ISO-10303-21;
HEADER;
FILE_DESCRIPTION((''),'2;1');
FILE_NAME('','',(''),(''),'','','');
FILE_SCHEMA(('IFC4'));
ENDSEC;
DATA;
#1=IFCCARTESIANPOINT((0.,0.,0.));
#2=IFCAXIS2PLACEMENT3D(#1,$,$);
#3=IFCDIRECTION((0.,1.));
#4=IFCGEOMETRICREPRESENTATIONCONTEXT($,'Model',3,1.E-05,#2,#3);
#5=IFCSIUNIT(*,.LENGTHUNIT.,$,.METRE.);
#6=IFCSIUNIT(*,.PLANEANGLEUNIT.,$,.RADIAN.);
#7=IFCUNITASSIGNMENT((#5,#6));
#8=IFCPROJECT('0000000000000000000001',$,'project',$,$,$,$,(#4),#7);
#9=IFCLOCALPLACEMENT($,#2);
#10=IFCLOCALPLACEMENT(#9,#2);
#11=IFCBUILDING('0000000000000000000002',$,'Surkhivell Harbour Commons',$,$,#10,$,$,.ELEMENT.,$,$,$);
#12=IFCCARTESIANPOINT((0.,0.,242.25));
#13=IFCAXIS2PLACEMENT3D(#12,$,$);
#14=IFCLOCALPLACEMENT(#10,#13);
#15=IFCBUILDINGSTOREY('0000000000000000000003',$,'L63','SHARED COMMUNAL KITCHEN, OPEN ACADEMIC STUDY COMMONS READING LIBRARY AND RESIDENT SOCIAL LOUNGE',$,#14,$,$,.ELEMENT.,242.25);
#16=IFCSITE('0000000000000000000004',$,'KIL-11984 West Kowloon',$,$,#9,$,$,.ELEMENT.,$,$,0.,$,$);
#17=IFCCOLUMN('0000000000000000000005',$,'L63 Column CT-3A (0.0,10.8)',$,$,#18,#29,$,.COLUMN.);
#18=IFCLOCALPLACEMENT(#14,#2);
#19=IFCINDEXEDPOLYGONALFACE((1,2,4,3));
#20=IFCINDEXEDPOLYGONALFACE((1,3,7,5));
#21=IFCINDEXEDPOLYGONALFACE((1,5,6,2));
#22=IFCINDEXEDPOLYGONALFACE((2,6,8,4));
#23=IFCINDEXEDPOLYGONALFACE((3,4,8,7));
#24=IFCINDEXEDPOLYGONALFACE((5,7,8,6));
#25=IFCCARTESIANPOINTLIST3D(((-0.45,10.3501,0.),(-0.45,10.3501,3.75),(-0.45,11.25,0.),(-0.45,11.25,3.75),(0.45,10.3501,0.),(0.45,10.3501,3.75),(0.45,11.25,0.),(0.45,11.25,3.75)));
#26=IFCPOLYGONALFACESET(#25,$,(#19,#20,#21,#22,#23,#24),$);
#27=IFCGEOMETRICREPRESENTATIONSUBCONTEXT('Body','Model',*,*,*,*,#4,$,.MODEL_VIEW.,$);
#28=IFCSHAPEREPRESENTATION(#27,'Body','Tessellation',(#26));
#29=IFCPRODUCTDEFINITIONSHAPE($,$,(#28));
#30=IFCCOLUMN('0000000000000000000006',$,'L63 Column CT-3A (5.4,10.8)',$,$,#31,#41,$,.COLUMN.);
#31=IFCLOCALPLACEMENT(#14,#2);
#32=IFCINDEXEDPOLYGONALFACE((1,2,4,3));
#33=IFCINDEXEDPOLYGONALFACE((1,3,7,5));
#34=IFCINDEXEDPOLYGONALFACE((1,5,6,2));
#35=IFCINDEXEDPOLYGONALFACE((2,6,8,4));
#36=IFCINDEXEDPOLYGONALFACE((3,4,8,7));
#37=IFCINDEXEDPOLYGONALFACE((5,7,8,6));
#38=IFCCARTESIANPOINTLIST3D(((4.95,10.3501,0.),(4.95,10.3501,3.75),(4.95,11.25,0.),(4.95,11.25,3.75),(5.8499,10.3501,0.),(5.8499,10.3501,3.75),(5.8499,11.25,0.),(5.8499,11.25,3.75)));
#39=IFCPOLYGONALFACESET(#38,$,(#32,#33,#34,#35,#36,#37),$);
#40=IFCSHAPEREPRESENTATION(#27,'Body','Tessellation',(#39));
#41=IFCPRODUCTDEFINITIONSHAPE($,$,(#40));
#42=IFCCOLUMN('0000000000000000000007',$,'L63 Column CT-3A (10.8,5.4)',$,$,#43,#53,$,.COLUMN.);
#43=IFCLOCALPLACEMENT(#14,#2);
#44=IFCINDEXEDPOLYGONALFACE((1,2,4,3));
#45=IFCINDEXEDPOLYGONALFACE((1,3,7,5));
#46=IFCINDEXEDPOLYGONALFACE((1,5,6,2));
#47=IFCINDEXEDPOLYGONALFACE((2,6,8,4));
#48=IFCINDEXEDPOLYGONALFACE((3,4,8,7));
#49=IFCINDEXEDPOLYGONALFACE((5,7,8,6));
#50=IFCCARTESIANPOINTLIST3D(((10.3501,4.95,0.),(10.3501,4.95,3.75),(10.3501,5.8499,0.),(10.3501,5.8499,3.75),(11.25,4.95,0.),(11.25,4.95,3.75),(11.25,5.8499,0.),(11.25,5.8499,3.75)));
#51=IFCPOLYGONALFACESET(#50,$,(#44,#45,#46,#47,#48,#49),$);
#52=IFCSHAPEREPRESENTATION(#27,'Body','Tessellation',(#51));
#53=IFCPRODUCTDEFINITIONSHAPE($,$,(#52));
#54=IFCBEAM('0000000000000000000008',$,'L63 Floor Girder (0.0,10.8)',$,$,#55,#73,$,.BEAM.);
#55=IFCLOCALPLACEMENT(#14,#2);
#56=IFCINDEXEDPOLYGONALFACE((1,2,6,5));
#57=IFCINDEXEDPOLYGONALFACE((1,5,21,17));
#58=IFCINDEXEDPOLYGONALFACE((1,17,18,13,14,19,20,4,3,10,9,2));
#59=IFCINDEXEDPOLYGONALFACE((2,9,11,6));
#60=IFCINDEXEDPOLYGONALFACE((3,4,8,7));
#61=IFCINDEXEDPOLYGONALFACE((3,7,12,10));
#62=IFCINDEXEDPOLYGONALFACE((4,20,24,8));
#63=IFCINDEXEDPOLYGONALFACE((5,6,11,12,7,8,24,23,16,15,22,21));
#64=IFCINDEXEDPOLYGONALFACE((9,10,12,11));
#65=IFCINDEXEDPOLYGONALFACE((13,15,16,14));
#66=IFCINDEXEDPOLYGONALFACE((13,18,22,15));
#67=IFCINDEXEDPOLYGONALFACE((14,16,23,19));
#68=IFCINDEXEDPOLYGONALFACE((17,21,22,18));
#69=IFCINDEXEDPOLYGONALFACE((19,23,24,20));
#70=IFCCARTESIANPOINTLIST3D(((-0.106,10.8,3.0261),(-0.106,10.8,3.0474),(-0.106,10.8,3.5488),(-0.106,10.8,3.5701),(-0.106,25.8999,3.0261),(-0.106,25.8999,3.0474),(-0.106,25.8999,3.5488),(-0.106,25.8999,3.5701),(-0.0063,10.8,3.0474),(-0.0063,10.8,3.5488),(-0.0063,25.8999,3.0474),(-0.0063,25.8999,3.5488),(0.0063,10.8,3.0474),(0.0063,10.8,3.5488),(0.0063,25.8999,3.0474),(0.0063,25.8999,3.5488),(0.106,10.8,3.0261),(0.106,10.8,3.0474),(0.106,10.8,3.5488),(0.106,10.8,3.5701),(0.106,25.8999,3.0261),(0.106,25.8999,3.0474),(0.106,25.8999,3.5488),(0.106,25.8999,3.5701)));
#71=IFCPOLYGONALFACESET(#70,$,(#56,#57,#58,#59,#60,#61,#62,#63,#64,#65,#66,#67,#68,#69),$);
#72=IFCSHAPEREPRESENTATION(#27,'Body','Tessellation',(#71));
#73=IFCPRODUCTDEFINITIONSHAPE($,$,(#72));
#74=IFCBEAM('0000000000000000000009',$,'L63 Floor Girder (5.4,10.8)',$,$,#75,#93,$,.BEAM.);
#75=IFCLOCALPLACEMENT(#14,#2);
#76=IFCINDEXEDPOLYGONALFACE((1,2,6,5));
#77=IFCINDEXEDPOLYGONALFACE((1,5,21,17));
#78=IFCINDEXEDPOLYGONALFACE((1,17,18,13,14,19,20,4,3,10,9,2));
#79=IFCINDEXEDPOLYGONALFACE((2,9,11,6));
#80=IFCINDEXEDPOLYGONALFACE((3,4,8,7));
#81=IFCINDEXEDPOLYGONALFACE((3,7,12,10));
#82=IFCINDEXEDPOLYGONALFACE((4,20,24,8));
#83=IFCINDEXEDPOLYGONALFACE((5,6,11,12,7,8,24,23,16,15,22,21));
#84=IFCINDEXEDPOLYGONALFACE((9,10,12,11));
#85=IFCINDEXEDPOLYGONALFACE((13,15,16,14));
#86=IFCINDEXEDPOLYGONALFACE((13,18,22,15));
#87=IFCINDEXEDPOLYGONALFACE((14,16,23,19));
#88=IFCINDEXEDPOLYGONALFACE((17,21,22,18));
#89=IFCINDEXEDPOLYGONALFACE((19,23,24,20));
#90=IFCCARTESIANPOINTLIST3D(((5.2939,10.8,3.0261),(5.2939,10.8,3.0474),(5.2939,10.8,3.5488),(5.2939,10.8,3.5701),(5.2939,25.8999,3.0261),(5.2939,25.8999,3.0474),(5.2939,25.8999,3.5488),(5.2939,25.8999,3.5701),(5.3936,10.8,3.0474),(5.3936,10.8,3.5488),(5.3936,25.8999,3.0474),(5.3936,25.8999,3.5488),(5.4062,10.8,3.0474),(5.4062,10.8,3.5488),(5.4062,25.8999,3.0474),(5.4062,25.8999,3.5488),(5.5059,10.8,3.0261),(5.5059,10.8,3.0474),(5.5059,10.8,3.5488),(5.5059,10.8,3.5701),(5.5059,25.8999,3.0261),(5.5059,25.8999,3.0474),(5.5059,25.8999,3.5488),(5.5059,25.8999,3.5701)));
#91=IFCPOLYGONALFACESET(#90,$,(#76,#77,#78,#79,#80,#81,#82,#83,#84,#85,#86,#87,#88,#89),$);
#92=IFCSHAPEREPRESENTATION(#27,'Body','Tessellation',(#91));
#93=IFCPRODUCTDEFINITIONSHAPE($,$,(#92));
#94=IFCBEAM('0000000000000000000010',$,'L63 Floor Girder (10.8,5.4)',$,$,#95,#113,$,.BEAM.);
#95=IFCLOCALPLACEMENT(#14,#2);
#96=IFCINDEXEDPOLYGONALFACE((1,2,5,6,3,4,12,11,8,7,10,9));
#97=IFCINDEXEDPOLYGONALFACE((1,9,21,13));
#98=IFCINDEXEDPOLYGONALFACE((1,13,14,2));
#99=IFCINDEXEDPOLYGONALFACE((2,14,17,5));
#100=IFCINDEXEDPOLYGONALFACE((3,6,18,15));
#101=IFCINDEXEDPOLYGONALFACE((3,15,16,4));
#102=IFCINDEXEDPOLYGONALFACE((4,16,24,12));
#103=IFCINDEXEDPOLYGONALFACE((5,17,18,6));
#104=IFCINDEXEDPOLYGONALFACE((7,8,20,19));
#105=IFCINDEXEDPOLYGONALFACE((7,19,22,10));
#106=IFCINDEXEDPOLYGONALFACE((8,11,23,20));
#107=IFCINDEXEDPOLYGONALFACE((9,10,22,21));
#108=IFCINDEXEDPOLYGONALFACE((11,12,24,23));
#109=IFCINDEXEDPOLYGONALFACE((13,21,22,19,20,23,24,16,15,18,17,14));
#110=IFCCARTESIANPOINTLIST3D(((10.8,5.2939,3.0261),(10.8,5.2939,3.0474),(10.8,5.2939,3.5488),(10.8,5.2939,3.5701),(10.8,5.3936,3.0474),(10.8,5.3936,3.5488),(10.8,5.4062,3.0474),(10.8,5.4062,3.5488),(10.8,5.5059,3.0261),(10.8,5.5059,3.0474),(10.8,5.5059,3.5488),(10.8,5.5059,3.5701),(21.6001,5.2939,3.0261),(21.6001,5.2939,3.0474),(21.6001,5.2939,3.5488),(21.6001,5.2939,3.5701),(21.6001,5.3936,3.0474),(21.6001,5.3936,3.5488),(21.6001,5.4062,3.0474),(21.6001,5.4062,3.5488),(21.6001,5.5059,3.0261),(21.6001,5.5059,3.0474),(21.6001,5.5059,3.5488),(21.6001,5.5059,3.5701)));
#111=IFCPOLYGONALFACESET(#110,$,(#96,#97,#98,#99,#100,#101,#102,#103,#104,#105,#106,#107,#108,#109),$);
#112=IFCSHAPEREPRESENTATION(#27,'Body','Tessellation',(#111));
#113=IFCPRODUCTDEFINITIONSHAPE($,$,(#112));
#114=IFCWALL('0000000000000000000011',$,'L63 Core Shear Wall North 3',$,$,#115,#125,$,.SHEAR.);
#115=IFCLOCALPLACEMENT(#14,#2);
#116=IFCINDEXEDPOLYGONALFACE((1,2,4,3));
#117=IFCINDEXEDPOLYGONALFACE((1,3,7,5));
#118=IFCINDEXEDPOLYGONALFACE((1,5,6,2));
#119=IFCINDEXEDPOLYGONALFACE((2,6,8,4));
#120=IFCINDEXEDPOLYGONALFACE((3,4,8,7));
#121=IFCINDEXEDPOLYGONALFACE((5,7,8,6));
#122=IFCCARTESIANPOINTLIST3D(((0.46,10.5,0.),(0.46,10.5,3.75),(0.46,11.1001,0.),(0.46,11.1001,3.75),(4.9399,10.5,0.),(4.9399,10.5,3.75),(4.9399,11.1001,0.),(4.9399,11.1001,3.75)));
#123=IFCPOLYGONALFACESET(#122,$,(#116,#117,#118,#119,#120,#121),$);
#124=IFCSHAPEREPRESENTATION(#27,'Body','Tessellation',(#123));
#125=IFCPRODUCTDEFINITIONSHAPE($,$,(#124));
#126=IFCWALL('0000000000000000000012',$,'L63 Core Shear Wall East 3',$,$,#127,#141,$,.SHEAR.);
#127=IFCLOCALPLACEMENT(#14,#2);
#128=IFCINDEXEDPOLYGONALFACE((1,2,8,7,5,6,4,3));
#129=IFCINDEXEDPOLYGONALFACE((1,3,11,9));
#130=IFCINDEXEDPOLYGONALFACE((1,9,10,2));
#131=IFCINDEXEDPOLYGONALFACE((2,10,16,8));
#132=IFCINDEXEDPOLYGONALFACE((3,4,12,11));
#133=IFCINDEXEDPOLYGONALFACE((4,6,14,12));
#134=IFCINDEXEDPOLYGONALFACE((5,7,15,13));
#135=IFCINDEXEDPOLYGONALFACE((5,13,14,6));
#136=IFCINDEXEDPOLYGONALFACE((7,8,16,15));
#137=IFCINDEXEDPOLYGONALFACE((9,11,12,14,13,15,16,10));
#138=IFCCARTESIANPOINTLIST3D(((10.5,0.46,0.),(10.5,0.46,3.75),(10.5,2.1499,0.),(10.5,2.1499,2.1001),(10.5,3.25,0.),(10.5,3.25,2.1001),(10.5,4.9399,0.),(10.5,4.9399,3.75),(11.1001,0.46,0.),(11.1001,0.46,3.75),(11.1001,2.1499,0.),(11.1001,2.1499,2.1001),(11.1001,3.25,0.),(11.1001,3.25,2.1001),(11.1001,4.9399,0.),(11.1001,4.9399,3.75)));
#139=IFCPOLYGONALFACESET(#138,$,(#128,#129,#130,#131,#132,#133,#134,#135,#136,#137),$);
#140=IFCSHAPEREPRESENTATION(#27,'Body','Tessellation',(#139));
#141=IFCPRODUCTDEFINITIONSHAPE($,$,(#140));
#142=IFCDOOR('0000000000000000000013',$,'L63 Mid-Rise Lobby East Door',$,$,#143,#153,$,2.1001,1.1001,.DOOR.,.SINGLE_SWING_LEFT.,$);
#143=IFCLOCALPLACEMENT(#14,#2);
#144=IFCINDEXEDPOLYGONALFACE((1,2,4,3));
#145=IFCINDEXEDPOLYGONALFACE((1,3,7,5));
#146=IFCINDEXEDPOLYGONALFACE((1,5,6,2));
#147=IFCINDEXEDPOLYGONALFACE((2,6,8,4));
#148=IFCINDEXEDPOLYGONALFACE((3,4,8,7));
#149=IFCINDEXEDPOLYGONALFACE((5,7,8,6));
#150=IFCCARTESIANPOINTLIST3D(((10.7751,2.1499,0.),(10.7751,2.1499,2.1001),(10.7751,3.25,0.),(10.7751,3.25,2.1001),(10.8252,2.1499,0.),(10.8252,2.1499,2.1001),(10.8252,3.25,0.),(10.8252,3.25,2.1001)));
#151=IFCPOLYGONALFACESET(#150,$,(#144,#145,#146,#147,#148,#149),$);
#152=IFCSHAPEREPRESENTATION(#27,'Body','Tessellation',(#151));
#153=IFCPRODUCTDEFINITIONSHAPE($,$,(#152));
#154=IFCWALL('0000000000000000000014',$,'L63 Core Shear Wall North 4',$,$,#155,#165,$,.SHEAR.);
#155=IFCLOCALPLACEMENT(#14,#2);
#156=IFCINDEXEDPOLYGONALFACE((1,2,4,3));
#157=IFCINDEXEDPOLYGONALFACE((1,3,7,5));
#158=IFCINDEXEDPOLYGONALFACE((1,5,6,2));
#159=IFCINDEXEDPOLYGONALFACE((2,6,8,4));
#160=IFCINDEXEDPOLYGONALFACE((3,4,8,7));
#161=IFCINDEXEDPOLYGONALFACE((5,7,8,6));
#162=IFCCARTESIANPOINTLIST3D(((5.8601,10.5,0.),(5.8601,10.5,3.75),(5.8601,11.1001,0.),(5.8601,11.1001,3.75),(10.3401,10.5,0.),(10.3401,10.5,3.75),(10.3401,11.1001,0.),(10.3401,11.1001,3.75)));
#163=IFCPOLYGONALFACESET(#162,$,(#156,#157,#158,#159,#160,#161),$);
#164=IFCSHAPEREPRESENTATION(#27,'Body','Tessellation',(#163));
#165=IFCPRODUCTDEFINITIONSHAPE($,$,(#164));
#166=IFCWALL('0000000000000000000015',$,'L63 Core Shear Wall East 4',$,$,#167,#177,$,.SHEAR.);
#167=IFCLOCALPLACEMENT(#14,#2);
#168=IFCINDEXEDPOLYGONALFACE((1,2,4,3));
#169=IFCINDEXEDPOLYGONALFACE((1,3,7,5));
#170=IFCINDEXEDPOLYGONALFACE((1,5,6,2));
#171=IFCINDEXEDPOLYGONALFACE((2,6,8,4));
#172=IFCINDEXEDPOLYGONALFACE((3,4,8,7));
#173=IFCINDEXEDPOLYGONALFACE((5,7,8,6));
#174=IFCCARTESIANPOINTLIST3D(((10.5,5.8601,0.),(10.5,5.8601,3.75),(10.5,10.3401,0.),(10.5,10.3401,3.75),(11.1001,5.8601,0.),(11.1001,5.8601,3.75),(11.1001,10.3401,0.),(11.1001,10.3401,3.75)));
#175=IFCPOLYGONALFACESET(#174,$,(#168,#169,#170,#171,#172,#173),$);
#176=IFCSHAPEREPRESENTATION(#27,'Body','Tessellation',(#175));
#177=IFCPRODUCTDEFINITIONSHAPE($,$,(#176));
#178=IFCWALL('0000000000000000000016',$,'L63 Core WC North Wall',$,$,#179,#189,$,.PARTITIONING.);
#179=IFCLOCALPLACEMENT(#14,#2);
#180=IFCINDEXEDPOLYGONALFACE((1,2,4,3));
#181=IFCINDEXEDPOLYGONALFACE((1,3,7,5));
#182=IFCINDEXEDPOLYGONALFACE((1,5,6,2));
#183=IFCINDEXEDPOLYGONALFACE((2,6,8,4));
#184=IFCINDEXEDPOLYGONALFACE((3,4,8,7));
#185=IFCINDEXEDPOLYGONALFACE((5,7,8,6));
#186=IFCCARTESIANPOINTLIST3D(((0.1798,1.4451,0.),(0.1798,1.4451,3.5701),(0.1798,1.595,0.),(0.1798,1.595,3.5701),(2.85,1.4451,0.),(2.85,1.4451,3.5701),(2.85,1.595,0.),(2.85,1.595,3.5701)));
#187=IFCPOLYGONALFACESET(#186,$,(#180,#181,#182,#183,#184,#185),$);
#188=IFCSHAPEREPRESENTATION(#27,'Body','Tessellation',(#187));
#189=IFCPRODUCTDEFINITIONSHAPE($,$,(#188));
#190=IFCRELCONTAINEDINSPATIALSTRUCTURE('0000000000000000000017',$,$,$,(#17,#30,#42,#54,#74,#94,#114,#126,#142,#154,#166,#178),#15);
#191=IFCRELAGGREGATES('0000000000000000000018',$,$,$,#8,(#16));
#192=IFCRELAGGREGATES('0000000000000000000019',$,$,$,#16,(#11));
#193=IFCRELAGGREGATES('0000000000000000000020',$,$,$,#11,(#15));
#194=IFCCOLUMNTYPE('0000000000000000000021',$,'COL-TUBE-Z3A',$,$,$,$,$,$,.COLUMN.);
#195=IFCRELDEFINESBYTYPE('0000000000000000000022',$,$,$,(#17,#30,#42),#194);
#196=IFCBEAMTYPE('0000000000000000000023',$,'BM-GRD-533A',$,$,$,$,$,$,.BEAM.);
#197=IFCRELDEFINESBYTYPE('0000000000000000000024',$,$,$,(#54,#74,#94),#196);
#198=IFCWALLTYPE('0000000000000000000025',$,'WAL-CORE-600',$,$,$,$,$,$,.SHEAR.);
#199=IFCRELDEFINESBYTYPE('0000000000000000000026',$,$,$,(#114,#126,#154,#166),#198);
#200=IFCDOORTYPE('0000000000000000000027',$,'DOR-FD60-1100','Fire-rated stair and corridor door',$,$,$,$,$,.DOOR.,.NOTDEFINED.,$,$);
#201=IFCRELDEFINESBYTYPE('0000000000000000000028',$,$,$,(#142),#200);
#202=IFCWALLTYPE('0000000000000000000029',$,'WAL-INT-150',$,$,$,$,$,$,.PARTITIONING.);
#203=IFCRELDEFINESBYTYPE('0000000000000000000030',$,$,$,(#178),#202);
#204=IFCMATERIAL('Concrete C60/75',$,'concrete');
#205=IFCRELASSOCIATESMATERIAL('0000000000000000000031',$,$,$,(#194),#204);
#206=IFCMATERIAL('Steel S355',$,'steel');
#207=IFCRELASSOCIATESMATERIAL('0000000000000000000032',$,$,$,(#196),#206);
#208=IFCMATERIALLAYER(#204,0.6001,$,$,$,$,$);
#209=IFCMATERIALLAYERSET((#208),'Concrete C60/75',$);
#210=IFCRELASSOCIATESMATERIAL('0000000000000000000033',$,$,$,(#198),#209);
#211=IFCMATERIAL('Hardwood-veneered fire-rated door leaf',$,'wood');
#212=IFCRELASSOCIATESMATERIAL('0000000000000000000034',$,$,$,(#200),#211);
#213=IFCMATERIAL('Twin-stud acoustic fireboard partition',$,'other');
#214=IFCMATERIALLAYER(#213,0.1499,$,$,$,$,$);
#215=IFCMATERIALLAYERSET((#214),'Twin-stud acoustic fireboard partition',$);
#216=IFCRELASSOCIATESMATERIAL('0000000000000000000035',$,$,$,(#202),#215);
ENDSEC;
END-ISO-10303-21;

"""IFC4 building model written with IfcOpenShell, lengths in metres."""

from ifc_helpers import new_model, si_unit, direction, frame, frame_2d, origin, origin_2d, place, context, subcontext, project, spatial, rectangle, i_section, extrude, material, layer, layer_set, material_profile, profile_set, type_object, element, fill, save


model = new_model("IFC4")

# Units and contexts
model_context = context("Model", 3, precision=1e-05, world=origin(), true_north=direction((0.0, 1.0)))
body_context = subcontext(model_context, "Body", "Model", "MODEL_VIEW")
ifc_project = project(units=[si_unit("LENGTHUNIT", "METRE"), si_unit("PLANEANGLEUNIT", "RADIAN")], contexts=[model_context])

# Site, building, storey
site_placement = place(None, origin())
site = spatial("IfcSite", under=ifc_project, at=site_placement, Name="KIL-11984 West Kowloon", CompositionType="ELEMENT", RefElevation=0.0)
building_placement = place(site_placement, origin())
building = spatial("IfcBuilding", under=site, at=building_placement, Name="Surkhivell Harbour Commons", CompositionType="ELEMENT")
storey_placement = place(building_placement, frame((0.0, 0.0, 242.25)))
storey = spatial("IfcBuildingStorey", under=building, at=storey_placement, Name="L63", Description="SHARED COMMUNAL KITCHEN, OPEN ACADEMIC STUDY COMMONS READING LIBRARY AND RESIDENT SOCIAL LOUNGE", CompositionType="ELEMENT", Elevation=242.25)

# Columns
ifc_material_1 = material(Name="Concrete C60/75", Category="concrete")
ifc_material_profile_1 = material_profile(ifc_material_1, rectangle(XDim=0.8999, YDim=0.8999, at=origin_2d()), Name="RC-COL-900x900")
ifc_profile_set_1 = profile_set([ifc_material_profile_1], Name="Concrete C60/75")
column_type = type_object("IfcColumnType", Name="COL-TUBE-Z3A", PredefinedType="COLUMN", material=ifc_profile_set_1)
for number, where, z_axis, x_axis, name in (
    (1, (0.0, 10.8, 0.0), (0.0, 0.0, 1.0), (1.0, 0.0, 0.0), "L63 Column CT-3A (0.0,10.8)"),
    (2, (5.3999, 10.8, 0.0), (0.0, 0.0, 1.0), (1.0, 0.0, 0.0), "L63 Column CT-3A (5.4,10.8)"),
    (3, (10.8, 5.3999, 0.0), (0.0, 0.0, 1.0), (1.0, 0.0, 0.0), "L63 Column CT-3A (10.8,5.4)"),
):
    element("IfcColumn", number, at=place(storey_placement, frame(where, z_axis=z_axis, x_axis=x_axis)), inside=storey, type_object=column_type, Name=name, PredefinedType="COLUMN", context=body_context, shape_type="SweptSolid", body=[
        extrude(rectangle(XDim=0.8999, YDim=0.8999, at=origin_2d()), origin(), (0.0, 0.0, 1.0), 3.75),
    ])

# Beams
ifc_material_2 = material(Name="Steel S355", Category="steel")
ifc_material_profile_2 = material_profile(ifc_material_2, i_section(OverallWidth=0.2119, OverallDepth=0.5439, WebThickness=0.0127, FlangeThickness=0.0212, at=origin_2d()), Name="UB533x210x122")
ifc_profile_set_2 = profile_set([ifc_material_profile_2], Name="Steel S355")
beam_type = type_object("IfcBeamType", Name="BM-GRD-533A", PredefinedType="BEAM", material=ifc_profile_set_2)
for number, where, z_axis, x_axis, name in (
    (4, (0.0, 10.8, 3.2981), (0.0, 1.0, 0.0), (-1.0, 0.0, 0.0), "L63 Floor Girder (0.0,10.8)"),
    (5, (5.3999, 10.8, 3.2981), (0.0, 1.0, 0.0), (-1.0, 0.0, 0.0), "L63 Floor Girder (5.4,10.8)"),
):
    element("IfcBeam", number, at=place(storey_placement, frame(where, z_axis=z_axis, x_axis=x_axis)), inside=storey, type_object=beam_type, Name=name, PredefinedType="BEAM", context=body_context, shape_type="SweptSolid", body=[
        extrude(i_section(OverallWidth=0.2119, OverallDepth=0.5439, WebThickness=0.0127, FlangeThickness=0.0212, at=origin_2d()), origin(), (0.0, 0.0, 1.0), 15.0999),
    ])
beam_placement = place(storey_placement, frame((10.8, 5.3999, 3.2981), z_axis=(1.0, 0.0, 0.0), x_axis=(0.0, 1.0, 0.0)))
element("IfcBeam", 6, at=beam_placement, inside=storey, type_object=beam_type, Name="L63 Floor Girder (10.8,5.4)", PredefinedType="BEAM", context=body_context, shape_type="SweptSolid", body=[
    extrude(i_section(OverallWidth=0.2119, OverallDepth=0.5439, WebThickness=0.0127, FlangeThickness=0.0212, at=origin_2d()), origin(), (0.0, 0.0, 1.0), 10.8),
])

# Wall
ifc_layer_1 = layer(ifc_material_1, 0.6001)
ifc_layer_set_1 = layer_set([ifc_layer_1], Name="Concrete C60/75")
wall_type_1 = type_object("IfcWallType", Name="WAL-CORE-600", PredefinedType="SHEAR", material=ifc_layer_set_1)
wall_1_placement = place(storey_placement, frame((0.46, 10.8, 0.0), z_axis=(0.0, 0.0, 1.0), x_axis=(1.0, 0.0, 0.0)))
element("IfcWall", 7, at=wall_1_placement, inside=storey, type_object=wall_type_1, Name="L63 Core Shear Wall North 3", PredefinedType="SHEAR", context=body_context, shape_type="SweptSolid", body=[
    extrude(rectangle(XDim=4.48, YDim=0.6001, at=frame_2d((2.24, 0.0))), origin(), (0.0, 0.0, 1.0), 3.75),
])

# Wall, opening, door
wall_2_placement = place(storey_placement, frame((10.8, 0.46, 0.0), z_axis=(0.0, 0.0, 1.0), x_axis=(0.0, 1.0, 0.0)))
wall_2 = element("IfcWall", 8, at=wall_2_placement, inside=storey, type_object=wall_type_1, Name="L63 Core Shear Wall East 3", PredefinedType="SHEAR", context=body_context, shape_type="SweptSolid", body=[
    extrude(rectangle(XDim=4.48, YDim=0.6001, at=frame_2d((2.24, 0.0))), origin(), (0.0, 0.0, 1.0), 3.75),
])
opening_1_placement = place(wall_2_placement, frame((1.6899, 0.0, 0.0)))
opening_1 = element("IfcOpeningElement", 9, at=opening_1_placement, cuts=wall_2, PredefinedType="OPENING", context=body_context, shape_type="SweptSolid", body=[
    extrude(rectangle(XDim=1.1001, YDim=2.1001, at=frame_2d((0.55, 1.05))), frame((0.0, 0.3101, 0.0), z_axis=(0.0, -1.0, 0.0), x_axis=(1.0, 0.0, 0.0)), (0.0, 0.0, 1.0), 0.6201),
])
ifc_material_3 = material(Name="Hardwood-veneered fire-rated door leaf", Category="wood")
door_type_1 = type_object("IfcDoorType", Name="DOR-FD60-1100", Description="Fire-rated stair and corridor door", OperationType="NOTDEFINED", PredefinedType="DOOR", material=ifc_material_3)
door_1_placement = place(opening_1_placement, origin())
door_1 = element("IfcDoor", 10, at=door_1_placement, inside=storey, type_object=door_type_1, Name="L63 Mid-Rise Lobby East Door", OperationType="SINGLE_SWING_LEFT", OverallHeight=2.1001, OverallWidth=1.1001, PredefinedType="DOOR", context=body_context, shape_type="SweptSolid", body=[
    extrude(rectangle(XDim=1.1001, YDim=2.1001, at=frame_2d((0.55, 1.05))), frame((0.0, 0.0249, 0.0), z_axis=(0.0, -1.0, 0.0), x_axis=(1.0, 0.0, 0.0)), (0.0, 0.0, 1.0), 0.05),
])
fill(opening_1, door_1)

# Walls
for number, where, z_axis, x_axis, name in (
    (11, (5.8601, 10.8, 0.0), (0.0, 0.0, 1.0), (1.0, 0.0, 0.0), "L63 Core Shear Wall North 4"),
    (12, (10.8, 5.8601, 0.0), (0.0, 0.0, 1.0), (0.0, 1.0, 0.0), "L63 Core Shear Wall East 4"),
):
    element("IfcWall", number, at=place(storey_placement, frame(where, z_axis=z_axis, x_axis=x_axis)), inside=storey, type_object=wall_type_1, Name=name, PredefinedType="SHEAR", context=body_context, shape_type="SweptSolid", body=[
        extrude(rectangle(XDim=4.48, YDim=0.6001, at=frame_2d((2.24, 0.0))), origin(), (0.0, 0.0, 1.0), 3.75),
    ])
ifc_material_4 = material(Name="Twin-stud acoustic fireboard partition", Category="other")
ifc_layer_2 = layer(ifc_material_4, 0.1499)
ifc_layer_set_2 = layer_set([ifc_layer_2], Name="Twin-stud acoustic fireboard partition")
wall_type_2 = type_object("IfcWallType", Name="WAL-INT-150", PredefinedType="PARTITIONING", material=ifc_layer_set_2)
wall_3_placement = place(storey_placement, frame((0.1799, 1.52, 0.0), z_axis=(0.0, 0.0, 1.0), x_axis=(1.0, 0.0, 0.0)))
element("IfcWall", 13, at=wall_3_placement, inside=storey, type_object=wall_type_2, Name="L63 Core WC North Wall", PredefinedType="PARTITIONING", context=body_context, shape_type="SweptSolid", body=[
    extrude(rectangle(XDim=2.6702, YDim=0.1499, at=frame_2d((1.335, 0.0))), origin(), (0.0, 0.0, 1.0), 3.5701),
])

save(model, "model.ifc")
